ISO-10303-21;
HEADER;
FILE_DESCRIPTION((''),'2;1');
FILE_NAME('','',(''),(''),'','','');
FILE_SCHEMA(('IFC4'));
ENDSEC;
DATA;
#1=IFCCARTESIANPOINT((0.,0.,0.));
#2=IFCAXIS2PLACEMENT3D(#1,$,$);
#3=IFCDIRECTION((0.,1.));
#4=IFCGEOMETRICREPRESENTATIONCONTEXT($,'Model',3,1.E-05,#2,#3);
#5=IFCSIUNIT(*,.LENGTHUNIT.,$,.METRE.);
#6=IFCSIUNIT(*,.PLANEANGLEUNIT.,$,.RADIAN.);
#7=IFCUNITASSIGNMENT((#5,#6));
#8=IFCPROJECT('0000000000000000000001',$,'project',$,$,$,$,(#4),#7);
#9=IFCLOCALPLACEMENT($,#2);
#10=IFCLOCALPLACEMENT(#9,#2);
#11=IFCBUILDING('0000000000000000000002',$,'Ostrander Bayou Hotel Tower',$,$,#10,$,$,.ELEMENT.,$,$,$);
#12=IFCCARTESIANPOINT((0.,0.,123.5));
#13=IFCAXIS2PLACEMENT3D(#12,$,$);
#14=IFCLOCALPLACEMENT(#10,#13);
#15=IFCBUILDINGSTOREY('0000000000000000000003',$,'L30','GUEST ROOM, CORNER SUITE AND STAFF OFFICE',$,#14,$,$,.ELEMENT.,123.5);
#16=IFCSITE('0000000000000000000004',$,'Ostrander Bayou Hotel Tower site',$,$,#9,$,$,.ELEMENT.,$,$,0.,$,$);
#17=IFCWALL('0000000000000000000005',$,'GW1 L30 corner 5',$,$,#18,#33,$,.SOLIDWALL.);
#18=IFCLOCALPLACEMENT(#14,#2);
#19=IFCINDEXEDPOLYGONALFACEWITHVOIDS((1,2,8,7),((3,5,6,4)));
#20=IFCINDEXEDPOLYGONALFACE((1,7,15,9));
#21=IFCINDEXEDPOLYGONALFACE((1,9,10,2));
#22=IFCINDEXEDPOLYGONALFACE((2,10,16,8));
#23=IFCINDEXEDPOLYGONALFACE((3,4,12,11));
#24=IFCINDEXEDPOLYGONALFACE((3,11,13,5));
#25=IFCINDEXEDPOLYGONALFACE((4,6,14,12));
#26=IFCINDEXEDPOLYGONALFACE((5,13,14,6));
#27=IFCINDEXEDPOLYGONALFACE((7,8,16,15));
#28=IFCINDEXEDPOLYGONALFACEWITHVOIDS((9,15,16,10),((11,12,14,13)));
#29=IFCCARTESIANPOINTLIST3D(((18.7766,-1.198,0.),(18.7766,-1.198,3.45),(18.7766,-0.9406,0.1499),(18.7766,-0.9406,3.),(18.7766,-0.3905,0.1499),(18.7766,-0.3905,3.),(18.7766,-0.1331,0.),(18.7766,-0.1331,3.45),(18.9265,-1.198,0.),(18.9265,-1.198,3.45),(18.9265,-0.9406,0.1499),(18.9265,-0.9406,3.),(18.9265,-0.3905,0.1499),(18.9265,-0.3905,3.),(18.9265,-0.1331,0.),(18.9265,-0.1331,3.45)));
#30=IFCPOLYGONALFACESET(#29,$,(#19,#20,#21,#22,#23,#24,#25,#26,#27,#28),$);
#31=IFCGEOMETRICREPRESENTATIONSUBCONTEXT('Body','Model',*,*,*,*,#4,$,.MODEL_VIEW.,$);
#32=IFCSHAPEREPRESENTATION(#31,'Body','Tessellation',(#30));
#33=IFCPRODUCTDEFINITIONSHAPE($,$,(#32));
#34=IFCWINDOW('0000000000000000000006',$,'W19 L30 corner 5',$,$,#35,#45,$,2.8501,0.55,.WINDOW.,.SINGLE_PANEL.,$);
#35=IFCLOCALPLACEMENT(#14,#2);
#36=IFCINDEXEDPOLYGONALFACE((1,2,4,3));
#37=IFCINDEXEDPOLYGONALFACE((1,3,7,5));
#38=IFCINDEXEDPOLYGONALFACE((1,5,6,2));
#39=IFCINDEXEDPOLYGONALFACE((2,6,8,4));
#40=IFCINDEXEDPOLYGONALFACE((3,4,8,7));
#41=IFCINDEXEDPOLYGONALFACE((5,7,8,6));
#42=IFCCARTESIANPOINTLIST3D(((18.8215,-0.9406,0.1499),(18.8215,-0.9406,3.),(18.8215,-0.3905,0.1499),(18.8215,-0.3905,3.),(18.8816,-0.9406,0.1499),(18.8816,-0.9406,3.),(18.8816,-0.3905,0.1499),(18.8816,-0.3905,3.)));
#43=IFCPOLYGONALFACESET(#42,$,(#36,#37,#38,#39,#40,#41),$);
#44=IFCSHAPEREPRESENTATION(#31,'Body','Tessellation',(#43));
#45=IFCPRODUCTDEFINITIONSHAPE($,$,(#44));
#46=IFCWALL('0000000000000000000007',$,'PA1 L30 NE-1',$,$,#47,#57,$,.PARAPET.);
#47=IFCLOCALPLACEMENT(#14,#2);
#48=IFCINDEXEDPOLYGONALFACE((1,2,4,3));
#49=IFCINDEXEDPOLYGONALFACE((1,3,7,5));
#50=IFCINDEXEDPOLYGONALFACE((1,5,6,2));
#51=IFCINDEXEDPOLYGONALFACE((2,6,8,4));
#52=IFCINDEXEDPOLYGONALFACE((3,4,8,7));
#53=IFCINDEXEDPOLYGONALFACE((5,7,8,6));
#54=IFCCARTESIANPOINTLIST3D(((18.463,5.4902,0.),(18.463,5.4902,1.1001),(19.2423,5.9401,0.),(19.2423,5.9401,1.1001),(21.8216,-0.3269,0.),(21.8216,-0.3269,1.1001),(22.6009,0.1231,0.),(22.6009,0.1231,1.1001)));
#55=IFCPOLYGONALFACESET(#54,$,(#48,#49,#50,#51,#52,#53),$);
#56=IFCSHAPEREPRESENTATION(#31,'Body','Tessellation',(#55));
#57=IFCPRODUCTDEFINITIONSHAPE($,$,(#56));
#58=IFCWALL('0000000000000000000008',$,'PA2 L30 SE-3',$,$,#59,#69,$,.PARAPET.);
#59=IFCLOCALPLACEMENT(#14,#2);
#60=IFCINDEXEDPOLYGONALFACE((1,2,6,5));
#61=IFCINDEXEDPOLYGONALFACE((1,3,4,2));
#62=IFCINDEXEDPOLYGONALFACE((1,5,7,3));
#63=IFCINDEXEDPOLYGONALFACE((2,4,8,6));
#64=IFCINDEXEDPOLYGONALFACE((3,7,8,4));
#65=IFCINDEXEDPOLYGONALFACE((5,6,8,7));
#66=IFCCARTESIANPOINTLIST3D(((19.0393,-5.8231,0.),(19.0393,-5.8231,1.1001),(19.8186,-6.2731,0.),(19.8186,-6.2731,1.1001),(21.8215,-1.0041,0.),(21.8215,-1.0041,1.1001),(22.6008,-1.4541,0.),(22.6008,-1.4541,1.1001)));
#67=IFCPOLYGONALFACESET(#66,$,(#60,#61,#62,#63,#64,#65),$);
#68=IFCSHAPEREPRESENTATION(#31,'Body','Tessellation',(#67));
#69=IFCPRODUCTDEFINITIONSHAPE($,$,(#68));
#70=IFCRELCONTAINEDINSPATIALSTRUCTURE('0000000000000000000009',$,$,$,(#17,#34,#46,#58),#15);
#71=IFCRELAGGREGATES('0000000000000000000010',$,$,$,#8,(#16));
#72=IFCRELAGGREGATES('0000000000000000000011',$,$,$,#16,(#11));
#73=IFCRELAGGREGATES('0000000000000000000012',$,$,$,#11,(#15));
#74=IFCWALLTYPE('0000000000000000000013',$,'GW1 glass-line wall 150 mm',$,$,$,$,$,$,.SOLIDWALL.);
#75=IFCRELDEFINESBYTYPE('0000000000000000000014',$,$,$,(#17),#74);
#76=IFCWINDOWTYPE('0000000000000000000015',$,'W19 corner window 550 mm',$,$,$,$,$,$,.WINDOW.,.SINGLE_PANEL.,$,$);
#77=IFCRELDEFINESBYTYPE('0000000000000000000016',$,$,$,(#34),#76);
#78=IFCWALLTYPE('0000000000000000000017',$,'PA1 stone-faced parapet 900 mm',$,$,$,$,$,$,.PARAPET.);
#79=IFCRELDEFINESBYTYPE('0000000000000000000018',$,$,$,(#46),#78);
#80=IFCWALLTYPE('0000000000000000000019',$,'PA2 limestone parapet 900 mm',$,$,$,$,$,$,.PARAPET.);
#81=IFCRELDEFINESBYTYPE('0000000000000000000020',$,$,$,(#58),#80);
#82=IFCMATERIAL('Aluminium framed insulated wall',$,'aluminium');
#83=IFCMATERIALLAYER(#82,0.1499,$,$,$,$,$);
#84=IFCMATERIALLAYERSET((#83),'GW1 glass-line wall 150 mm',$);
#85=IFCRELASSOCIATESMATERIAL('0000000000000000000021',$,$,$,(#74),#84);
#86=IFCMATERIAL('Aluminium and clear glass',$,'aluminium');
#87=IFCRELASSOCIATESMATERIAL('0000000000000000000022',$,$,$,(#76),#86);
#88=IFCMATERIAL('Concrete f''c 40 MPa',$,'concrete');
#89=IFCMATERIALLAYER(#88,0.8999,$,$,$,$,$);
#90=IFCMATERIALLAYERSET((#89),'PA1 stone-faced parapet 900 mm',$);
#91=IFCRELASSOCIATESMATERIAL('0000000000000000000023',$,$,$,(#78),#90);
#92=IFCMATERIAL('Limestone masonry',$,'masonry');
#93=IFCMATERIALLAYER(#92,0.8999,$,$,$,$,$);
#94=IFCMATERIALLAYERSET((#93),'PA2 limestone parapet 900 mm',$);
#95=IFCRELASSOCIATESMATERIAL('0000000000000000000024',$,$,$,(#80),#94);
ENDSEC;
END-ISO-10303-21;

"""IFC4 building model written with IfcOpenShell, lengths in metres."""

from ifc_helpers import new_model, si_unit, direction, frame, frame_2d, origin, place, context, subcontext, project, spatial, rectangle, extrude, material, layer, layer_set, type_object, element, fill, save


model = new_model("IFC4")

# Units and contexts
model_context = context("Model", 3, precision=1e-05, world=origin(), true_north=direction((0.0, 1.0)))
body_context = subcontext(model_context, "Body", "Model", "MODEL_VIEW")
ifc_project = project(units=[si_unit("LENGTHUNIT", "METRE"), si_unit("PLANEANGLEUNIT", "RADIAN")], contexts=[model_context])

# Site, building, storey
site_placement = place(None, origin())
site = spatial("IfcSite", under=ifc_project, at=site_placement, Name="Ostrander Bayou Hotel Tower site", CompositionType="ELEMENT", RefElevation=0.0)
building_placement = place(site_placement, origin())
building = spatial("IfcBuilding", under=site, at=building_placement, Name="Ostrander Bayou Hotel Tower", CompositionType="ELEMENT")
storey_placement = place(building_placement, frame((0.0, 0.0, 123.5)))
storey = spatial("IfcBuildingStorey", under=building, at=storey_placement, Name="L30", Description="GUEST ROOM, CORNER SUITE AND STAFF OFFICE", CompositionType="ELEMENT", Elevation=123.5)

# Shared definitions
ifc_material_1 = material(Name="Aluminium framed insulated wall", Category="aluminium")
ifc_layer_1 = layer(ifc_material_1, 0.1499)
ifc_layer_set_1 = layer_set([ifc_layer_1], Name="GW1 glass-line wall 150 mm")
wall_type_1 = type_object("IfcWallType", Name="GW1 glass-line wall 150 mm", PredefinedType="SOLIDWALL", material=ifc_layer_set_1)

# Wall, opening, window
wall_1_placement = place(storey_placement, frame((18.8516, -1.198, 0.0), z_axis=(0.0, 0.0, 1.0), x_axis=(0.0, 1.0, 0.0)))
wall_1 = element("IfcWall", 1, at=wall_1_placement, inside=storey, type_object=wall_type_1, Name="GW1 L30 corner 5", PredefinedType="SOLIDWALL", context=body_context, shape_type="SweptSolid", body=[
    extrude(rectangle(XDim=1.0649, YDim=0.1499, at=frame_2d((0.5325, 0.0))), origin(), (0.0, 0.0, 1.0), 3.45),
])
opening_1_placement = place(wall_1_placement, frame((0.2576, 0.0, 0.1499)))
opening_1 = element("IfcOpeningElement", 2, at=opening_1_placement, cuts=wall_1, PredefinedType="OPENING", context=body_context, shape_type="SweptSolid", body=[
    extrude(rectangle(XDim=0.55, YDim=2.8501, at=frame_2d((0.2749, 1.425))), frame((0.0, 0.075, 0.0), z_axis=(0.0, -1.0, 0.0), x_axis=(1.0, 0.0, 0.0)), (0.0, 0.0, 1.0), 0.1499),
])
ifc_material_2 = material(Name="Aluminium and clear glass", Category="aluminium")
window_type_1 = type_object("IfcWindowType", Name="W19 corner window 550 mm", PartitioningType="SINGLE_PANEL", PredefinedType="WINDOW", material=ifc_material_2)
window_1_placement = place(opening_1_placement, origin())
window_1 = element("IfcWindow", 3, at=window_1_placement, inside=storey, type_object=window_type_1, Name="W19 L30 corner 5", OverallHeight=2.8501, OverallWidth=0.55, PartitioningType="SINGLE_PANEL", PredefinedType="WINDOW", context=body_context, shape_type="SweptSolid", body=[
    extrude(rectangle(XDim=0.55, YDim=2.8501, at=frame_2d((0.2749, 1.425))), frame((0.0, 0.03, 0.0), z_axis=(0.0, -1.0, 0.0), x_axis=(1.0, 0.0, 0.0)), (0.0, 0.0, 1.0), 0.0601),
])
fill(opening_1, window_1)

# Walls
ifc_material_3 = material(Name="Concrete f'c 40 MPa", Category="concrete")
ifc_layer_2 = layer(ifc_material_3, 0.8999)
ifc_layer_set_2 = layer_set([ifc_layer_2], Name="PA1 stone-faced parapet 900 mm")
wall_type_2 = type_object("IfcWallType", Name="PA1 stone-faced parapet 900 mm", PredefinedType="PARAPET", material=ifc_layer_set_2)
wall_2_placement = place(storey_placement, frame((22.2112, -0.1018, 0.0), z_axis=(0.0, 0.0, 1.0), x_axis=(-0.500013, 0.866018, 0.0)))
element("IfcWall", 4, at=wall_2_placement, inside=storey, type_object=wall_type_2, Name="PA1 L30 NE-1", PredefinedType="PARAPET", context=body_context, shape_type="SweptSolid", body=[
    extrude(rectangle(XDim=6.717, YDim=0.8999, at=frame_2d((3.3584, 0.0))), origin(), (0.0, 0.0, 1.0), 1.1001),
])
ifc_material_4 = material(Name="Limestone masonry", Category="masonry")
ifc_layer_3 = layer(ifc_material_4, 0.8999)
ifc_layer_set_3 = layer_set([ifc_layer_3], Name="PA2 limestone parapet 900 mm")
wall_type_3 = type_object("IfcWallType", Name="PA2 limestone parapet 900 mm", PredefinedType="PARAPET", material=ifc_layer_set_3)
wall_3_placement = place(storey_placement, frame((19.429, -6.0481, 0.0), z_axis=(0.0, 0.0, 1.0), x_axis=(0.49999, 0.866031, 0.0)))
element("IfcWall", 5, at=wall_3_placement, inside=storey, type_object=wall_type_3, Name="PA2 L30 SE-3", PredefinedType="PARAPET", context=body_context, shape_type="SweptSolid", body=[
    extrude(rectangle(XDim=5.5645, YDim=0.8999, at=frame_2d((2.7822, 0.0))), origin(), (0.0, 0.0, 1.0), 1.1001),
])

save(model, "model.ifc")
